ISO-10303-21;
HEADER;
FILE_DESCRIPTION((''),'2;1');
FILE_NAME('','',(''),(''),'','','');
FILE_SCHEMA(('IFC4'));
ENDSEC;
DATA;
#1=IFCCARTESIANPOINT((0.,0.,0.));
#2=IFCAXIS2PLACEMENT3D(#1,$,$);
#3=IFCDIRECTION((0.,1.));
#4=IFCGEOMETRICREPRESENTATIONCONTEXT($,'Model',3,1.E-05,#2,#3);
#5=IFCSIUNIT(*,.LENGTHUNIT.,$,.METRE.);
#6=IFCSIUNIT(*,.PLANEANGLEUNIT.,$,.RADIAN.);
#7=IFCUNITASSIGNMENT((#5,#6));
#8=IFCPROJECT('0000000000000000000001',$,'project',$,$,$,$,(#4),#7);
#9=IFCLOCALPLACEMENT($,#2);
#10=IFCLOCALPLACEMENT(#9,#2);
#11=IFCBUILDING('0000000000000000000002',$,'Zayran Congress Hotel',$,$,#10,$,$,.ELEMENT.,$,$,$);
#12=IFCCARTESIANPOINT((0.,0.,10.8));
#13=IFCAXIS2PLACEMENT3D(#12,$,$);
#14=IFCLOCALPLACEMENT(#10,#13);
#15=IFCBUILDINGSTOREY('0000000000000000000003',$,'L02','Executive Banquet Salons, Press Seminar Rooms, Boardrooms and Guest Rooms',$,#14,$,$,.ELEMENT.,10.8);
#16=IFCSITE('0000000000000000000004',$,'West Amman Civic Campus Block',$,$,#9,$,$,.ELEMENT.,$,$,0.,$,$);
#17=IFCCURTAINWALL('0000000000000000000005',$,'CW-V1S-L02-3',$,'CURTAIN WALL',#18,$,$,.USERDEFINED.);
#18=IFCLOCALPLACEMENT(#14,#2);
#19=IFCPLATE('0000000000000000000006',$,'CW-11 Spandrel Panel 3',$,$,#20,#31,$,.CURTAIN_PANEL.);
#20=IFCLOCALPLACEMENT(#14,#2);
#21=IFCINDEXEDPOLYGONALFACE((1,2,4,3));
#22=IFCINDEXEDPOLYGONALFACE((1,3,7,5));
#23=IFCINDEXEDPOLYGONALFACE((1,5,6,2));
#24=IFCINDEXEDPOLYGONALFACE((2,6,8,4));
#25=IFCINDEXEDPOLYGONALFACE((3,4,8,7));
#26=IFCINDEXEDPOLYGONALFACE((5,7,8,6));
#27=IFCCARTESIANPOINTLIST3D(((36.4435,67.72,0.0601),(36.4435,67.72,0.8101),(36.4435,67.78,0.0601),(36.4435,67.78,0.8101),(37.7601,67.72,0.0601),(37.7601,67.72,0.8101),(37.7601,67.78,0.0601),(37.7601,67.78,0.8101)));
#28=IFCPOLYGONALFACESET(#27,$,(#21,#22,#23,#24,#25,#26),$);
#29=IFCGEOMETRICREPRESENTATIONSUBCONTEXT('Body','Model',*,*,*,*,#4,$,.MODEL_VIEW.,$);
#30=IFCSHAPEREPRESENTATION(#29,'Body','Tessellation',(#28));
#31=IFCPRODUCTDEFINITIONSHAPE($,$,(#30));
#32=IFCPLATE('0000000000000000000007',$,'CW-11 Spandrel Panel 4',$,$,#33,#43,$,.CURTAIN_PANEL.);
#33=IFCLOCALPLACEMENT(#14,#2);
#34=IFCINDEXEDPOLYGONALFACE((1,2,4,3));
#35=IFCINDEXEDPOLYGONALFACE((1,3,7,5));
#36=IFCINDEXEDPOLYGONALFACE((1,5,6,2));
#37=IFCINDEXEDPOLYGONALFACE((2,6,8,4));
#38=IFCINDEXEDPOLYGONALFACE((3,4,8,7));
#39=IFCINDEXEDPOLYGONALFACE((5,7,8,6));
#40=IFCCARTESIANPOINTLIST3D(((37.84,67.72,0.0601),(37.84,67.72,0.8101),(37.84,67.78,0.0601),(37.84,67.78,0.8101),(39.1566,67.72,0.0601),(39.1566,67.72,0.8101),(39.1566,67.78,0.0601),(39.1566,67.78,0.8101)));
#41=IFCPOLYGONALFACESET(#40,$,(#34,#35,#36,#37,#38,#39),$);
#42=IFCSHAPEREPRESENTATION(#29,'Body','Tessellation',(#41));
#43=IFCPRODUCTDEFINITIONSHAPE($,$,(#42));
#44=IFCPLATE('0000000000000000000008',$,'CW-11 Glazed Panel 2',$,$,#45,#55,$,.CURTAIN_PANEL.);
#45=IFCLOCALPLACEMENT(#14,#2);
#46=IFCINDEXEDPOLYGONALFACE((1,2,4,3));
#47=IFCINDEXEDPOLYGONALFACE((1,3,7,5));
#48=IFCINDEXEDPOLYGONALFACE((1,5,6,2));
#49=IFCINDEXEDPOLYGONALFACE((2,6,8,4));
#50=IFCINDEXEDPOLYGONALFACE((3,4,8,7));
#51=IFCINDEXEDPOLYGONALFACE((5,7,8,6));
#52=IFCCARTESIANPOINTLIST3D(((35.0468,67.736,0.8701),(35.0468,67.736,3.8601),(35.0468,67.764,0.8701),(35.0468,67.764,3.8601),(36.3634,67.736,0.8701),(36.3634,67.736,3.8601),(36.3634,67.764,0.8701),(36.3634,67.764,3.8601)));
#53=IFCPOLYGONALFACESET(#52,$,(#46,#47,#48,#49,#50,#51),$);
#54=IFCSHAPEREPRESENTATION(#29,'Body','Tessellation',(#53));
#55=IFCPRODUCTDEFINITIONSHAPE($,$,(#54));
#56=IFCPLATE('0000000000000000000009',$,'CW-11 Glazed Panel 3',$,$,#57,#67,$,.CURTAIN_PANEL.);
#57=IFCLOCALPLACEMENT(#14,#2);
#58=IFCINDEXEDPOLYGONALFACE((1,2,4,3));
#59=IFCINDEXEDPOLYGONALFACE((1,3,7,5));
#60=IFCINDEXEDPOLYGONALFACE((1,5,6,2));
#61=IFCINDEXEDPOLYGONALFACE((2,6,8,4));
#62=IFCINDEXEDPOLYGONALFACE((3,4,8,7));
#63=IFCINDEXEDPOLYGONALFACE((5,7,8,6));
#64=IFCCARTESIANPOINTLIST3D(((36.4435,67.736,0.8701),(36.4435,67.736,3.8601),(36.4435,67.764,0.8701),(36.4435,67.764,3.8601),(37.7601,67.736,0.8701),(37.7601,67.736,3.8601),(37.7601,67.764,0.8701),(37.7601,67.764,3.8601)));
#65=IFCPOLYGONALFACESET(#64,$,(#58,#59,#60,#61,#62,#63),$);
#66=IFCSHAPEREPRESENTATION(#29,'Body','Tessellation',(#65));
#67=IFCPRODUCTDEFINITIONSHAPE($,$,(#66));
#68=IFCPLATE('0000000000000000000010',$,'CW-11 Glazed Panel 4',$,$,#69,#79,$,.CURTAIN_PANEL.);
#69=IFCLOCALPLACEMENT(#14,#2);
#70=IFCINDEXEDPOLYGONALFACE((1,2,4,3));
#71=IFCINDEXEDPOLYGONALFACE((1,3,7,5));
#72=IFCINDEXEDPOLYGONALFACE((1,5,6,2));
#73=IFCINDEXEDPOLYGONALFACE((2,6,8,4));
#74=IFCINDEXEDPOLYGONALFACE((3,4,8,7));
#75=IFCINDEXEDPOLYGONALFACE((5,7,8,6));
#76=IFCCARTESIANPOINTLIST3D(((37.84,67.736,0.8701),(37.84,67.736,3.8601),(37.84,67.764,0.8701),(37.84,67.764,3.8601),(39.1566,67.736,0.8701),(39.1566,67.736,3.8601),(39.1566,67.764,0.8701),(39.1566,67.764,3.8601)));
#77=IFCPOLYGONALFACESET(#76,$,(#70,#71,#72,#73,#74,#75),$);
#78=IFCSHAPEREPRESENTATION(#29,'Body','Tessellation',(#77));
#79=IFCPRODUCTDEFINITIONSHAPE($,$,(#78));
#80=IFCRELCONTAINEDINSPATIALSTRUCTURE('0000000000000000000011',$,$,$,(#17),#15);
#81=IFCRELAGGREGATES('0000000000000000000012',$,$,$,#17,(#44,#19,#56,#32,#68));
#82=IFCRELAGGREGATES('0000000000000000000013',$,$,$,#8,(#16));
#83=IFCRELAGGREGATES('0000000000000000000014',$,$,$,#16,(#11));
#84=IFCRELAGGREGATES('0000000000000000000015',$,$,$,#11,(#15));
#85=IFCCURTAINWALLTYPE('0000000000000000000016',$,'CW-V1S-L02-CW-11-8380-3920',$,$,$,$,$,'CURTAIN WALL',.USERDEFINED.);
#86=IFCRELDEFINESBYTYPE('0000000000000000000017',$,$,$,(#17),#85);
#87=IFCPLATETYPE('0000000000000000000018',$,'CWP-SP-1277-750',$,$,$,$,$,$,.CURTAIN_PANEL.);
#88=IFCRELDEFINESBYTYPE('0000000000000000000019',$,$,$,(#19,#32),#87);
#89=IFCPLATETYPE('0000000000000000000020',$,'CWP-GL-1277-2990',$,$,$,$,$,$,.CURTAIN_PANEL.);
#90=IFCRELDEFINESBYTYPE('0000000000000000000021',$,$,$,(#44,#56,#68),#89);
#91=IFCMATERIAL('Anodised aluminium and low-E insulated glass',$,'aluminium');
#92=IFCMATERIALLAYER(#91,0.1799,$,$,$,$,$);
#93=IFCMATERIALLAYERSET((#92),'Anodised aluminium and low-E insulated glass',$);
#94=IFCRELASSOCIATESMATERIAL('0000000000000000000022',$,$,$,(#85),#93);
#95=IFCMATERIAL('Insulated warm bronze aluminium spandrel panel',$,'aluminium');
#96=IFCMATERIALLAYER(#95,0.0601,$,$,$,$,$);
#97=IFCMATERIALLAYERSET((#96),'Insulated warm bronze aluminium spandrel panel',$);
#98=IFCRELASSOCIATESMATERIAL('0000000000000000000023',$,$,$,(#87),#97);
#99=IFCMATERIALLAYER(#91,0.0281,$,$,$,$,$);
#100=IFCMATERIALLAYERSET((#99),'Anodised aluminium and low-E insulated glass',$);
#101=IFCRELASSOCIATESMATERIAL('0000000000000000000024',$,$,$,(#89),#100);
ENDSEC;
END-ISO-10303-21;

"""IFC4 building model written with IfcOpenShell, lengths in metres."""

from ifc_helpers import new_model, si_unit, direction, frame, origin, origin_2d, place, context, subcontext, project, spatial, rectangle, extrude, material, layer, layer_set, type_object, element, aggregate, save


model = new_model("IFC4")

# Units and contexts
model_context = context("Model", 3, precision=1e-05, world=origin(), true_north=direction((0.0, 1.0)))
body_context = subcontext(model_context, "Body", "Model", "MODEL_VIEW")
ifc_project = project(units=[si_unit("LENGTHUNIT", "METRE"), si_unit("PLANEANGLEUNIT", "RADIAN")], contexts=[model_context])

# Site, building, storey
site_placement = place(None, origin())
site = spatial("IfcSite", under=ifc_project, at=site_placement, Name="West Amman Civic Campus Block", CompositionType="ELEMENT", RefElevation=0.0)
building_placement = place(site_placement, origin())
building = spatial("IfcBuilding", under=site, at=building_placement, Name="Zayran Congress Hotel", CompositionType="ELEMENT")
storey_placement = place(building_placement, frame((0.0, 0.0, 10.8)))
storey = spatial("IfcBuildingStorey", under=building, at=storey_placement, Name="L02", Description="Executive Banquet Salons, Press Seminar Rooms, Boardrooms and Guest Rooms", CompositionType="ELEMENT", Elevation=10.8)

# Curtain wall, plates
ifc_material_1 = material(Name="Anodised aluminium and low-E insulated glass", Category="aluminium")
ifc_layer_1 = layer(ifc_material_1, 0.1799)
ifc_layer_set_1 = layer_set([ifc_layer_1], Name="Anodised aluminium and low-E insulated glass")
curtain_wall_type = type_object("IfcCurtainWallType", Name="CW-V1S-L02-CW-11-8380-3920", ElementType="CURTAIN WALL", PredefinedType="USERDEFINED", material=ifc_layer_set_1)
curtain_wall_placement = place(storey_placement, origin())
curtain_wall = element("IfcCurtainWall", 1, at=curtain_wall_placement, inside=storey, type_object=curtain_wall_type, Name="CW-V1S-L02-3", ObjectType="CURTAIN WALL", PredefinedType="USERDEFINED")
ifc_material_2 = material(Name="Insulated warm bronze aluminium spandrel panel", Category="aluminium")
ifc_layer_2 = layer(ifc_material_2, 0.0601)
ifc_layer_set_2 = layer_set([ifc_layer_2], Name="Insulated warm bronze aluminium spandrel panel")
plate_type_1 = type_object("IfcPlateType", Name="CWP-SP-1277-750", PredefinedType="CURTAIN_PANEL", material=ifc_layer_set_2)
plate_1_placement = place(storey_placement, frame((37.1018, 67.75, 0.0601), z_axis=(0.0, 0.0, 1.0), x_axis=(1.0, 0.0, 0.0)))
plate_1 = element("IfcPlate", 2, at=plate_1_placement, type_object=plate_type_1, Name="CW-11 Spandrel Panel 3", PredefinedType="CURTAIN_PANEL", context=body_context, shape_type="SweptSolid", body=[
    extrude(rectangle(XDim=1.3167, YDim=0.0601, at=origin_2d()), origin(), (0.0, 0.0, 1.0), 0.75),
])
plate_2_placement = place(storey_placement, frame((38.4983, 67.75, 0.0601), z_axis=(0.0, 0.0, 1.0), x_axis=(1.0, 0.0, 0.0)))
plate_2 = element("IfcPlate", 3, at=plate_2_placement, type_object=plate_type_1, Name="CW-11 Spandrel Panel 4", PredefinedType="CURTAIN_PANEL", context=body_context, shape_type="SweptSolid", body=[
    extrude(rectangle(XDim=1.3167, YDim=0.0601, at=origin_2d()), origin(), (0.0, 0.0, 1.0), 0.75),
])
ifc_layer_3 = layer(ifc_material_1, 0.0281)
ifc_layer_set_3 = layer_set([ifc_layer_3], Name="Anodised aluminium and low-E insulated glass")
plate_type_2 = type_object("IfcPlateType", Name="CWP-GL-1277-2990", PredefinedType="CURTAIN_PANEL", material=ifc_layer_set_3)
plate_3_placement = place(storey_placement, frame((35.7051, 67.75, 0.8701), z_axis=(0.0, 0.0, 1.0), x_axis=(1.0, 0.0, 0.0)))
plate_3 = element("IfcPlate", 4, at=plate_3_placement, type_object=plate_type_2, Name="CW-11 Glazed Panel 2", PredefinedType="CURTAIN_PANEL", context=body_context, shape_type="SweptSolid", body=[
    extrude(rectangle(XDim=1.3167, YDim=0.0281, at=origin_2d()), origin(), (0.0, 0.0, 1.0), 2.99),
])
plate_4_placement = place(storey_placement, frame((37.1018, 67.75, 0.8701), z_axis=(0.0, 0.0, 1.0), x_axis=(1.0, 0.0, 0.0)))
plate_4 = element("IfcPlate", 5, at=plate_4_placement, type_object=plate_type_2, Name="CW-11 Glazed Panel 3", PredefinedType="CURTAIN_PANEL", context=body_context, shape_type="SweptSolid", body=[
    extrude(rectangle(XDim=1.3167, YDim=0.0281, at=origin_2d()), origin(), (0.0, 0.0, 1.0), 2.99),
])
plate_5_placement = place(storey_placement, frame((38.4983, 67.75, 0.8701), z_axis=(0.0, 0.0, 1.0), x_axis=(1.0, 0.0, 0.0)))
plate_5 = element("IfcPlate", 6, at=plate_5_placement, type_object=plate_type_2, Name="CW-11 Glazed Panel 4", PredefinedType="CURTAIN_PANEL", context=body_context, shape_type="SweptSolid", body=[
    extrude(rectangle(XDim=1.3167, YDim=0.0281, at=origin_2d()), origin(), (0.0, 0.0, 1.0), 2.99),
])
aggregate(curtain_wall, [plate_3, plate_1, plate_4, plate_2, plate_5])

save(model, "model.ifc")
